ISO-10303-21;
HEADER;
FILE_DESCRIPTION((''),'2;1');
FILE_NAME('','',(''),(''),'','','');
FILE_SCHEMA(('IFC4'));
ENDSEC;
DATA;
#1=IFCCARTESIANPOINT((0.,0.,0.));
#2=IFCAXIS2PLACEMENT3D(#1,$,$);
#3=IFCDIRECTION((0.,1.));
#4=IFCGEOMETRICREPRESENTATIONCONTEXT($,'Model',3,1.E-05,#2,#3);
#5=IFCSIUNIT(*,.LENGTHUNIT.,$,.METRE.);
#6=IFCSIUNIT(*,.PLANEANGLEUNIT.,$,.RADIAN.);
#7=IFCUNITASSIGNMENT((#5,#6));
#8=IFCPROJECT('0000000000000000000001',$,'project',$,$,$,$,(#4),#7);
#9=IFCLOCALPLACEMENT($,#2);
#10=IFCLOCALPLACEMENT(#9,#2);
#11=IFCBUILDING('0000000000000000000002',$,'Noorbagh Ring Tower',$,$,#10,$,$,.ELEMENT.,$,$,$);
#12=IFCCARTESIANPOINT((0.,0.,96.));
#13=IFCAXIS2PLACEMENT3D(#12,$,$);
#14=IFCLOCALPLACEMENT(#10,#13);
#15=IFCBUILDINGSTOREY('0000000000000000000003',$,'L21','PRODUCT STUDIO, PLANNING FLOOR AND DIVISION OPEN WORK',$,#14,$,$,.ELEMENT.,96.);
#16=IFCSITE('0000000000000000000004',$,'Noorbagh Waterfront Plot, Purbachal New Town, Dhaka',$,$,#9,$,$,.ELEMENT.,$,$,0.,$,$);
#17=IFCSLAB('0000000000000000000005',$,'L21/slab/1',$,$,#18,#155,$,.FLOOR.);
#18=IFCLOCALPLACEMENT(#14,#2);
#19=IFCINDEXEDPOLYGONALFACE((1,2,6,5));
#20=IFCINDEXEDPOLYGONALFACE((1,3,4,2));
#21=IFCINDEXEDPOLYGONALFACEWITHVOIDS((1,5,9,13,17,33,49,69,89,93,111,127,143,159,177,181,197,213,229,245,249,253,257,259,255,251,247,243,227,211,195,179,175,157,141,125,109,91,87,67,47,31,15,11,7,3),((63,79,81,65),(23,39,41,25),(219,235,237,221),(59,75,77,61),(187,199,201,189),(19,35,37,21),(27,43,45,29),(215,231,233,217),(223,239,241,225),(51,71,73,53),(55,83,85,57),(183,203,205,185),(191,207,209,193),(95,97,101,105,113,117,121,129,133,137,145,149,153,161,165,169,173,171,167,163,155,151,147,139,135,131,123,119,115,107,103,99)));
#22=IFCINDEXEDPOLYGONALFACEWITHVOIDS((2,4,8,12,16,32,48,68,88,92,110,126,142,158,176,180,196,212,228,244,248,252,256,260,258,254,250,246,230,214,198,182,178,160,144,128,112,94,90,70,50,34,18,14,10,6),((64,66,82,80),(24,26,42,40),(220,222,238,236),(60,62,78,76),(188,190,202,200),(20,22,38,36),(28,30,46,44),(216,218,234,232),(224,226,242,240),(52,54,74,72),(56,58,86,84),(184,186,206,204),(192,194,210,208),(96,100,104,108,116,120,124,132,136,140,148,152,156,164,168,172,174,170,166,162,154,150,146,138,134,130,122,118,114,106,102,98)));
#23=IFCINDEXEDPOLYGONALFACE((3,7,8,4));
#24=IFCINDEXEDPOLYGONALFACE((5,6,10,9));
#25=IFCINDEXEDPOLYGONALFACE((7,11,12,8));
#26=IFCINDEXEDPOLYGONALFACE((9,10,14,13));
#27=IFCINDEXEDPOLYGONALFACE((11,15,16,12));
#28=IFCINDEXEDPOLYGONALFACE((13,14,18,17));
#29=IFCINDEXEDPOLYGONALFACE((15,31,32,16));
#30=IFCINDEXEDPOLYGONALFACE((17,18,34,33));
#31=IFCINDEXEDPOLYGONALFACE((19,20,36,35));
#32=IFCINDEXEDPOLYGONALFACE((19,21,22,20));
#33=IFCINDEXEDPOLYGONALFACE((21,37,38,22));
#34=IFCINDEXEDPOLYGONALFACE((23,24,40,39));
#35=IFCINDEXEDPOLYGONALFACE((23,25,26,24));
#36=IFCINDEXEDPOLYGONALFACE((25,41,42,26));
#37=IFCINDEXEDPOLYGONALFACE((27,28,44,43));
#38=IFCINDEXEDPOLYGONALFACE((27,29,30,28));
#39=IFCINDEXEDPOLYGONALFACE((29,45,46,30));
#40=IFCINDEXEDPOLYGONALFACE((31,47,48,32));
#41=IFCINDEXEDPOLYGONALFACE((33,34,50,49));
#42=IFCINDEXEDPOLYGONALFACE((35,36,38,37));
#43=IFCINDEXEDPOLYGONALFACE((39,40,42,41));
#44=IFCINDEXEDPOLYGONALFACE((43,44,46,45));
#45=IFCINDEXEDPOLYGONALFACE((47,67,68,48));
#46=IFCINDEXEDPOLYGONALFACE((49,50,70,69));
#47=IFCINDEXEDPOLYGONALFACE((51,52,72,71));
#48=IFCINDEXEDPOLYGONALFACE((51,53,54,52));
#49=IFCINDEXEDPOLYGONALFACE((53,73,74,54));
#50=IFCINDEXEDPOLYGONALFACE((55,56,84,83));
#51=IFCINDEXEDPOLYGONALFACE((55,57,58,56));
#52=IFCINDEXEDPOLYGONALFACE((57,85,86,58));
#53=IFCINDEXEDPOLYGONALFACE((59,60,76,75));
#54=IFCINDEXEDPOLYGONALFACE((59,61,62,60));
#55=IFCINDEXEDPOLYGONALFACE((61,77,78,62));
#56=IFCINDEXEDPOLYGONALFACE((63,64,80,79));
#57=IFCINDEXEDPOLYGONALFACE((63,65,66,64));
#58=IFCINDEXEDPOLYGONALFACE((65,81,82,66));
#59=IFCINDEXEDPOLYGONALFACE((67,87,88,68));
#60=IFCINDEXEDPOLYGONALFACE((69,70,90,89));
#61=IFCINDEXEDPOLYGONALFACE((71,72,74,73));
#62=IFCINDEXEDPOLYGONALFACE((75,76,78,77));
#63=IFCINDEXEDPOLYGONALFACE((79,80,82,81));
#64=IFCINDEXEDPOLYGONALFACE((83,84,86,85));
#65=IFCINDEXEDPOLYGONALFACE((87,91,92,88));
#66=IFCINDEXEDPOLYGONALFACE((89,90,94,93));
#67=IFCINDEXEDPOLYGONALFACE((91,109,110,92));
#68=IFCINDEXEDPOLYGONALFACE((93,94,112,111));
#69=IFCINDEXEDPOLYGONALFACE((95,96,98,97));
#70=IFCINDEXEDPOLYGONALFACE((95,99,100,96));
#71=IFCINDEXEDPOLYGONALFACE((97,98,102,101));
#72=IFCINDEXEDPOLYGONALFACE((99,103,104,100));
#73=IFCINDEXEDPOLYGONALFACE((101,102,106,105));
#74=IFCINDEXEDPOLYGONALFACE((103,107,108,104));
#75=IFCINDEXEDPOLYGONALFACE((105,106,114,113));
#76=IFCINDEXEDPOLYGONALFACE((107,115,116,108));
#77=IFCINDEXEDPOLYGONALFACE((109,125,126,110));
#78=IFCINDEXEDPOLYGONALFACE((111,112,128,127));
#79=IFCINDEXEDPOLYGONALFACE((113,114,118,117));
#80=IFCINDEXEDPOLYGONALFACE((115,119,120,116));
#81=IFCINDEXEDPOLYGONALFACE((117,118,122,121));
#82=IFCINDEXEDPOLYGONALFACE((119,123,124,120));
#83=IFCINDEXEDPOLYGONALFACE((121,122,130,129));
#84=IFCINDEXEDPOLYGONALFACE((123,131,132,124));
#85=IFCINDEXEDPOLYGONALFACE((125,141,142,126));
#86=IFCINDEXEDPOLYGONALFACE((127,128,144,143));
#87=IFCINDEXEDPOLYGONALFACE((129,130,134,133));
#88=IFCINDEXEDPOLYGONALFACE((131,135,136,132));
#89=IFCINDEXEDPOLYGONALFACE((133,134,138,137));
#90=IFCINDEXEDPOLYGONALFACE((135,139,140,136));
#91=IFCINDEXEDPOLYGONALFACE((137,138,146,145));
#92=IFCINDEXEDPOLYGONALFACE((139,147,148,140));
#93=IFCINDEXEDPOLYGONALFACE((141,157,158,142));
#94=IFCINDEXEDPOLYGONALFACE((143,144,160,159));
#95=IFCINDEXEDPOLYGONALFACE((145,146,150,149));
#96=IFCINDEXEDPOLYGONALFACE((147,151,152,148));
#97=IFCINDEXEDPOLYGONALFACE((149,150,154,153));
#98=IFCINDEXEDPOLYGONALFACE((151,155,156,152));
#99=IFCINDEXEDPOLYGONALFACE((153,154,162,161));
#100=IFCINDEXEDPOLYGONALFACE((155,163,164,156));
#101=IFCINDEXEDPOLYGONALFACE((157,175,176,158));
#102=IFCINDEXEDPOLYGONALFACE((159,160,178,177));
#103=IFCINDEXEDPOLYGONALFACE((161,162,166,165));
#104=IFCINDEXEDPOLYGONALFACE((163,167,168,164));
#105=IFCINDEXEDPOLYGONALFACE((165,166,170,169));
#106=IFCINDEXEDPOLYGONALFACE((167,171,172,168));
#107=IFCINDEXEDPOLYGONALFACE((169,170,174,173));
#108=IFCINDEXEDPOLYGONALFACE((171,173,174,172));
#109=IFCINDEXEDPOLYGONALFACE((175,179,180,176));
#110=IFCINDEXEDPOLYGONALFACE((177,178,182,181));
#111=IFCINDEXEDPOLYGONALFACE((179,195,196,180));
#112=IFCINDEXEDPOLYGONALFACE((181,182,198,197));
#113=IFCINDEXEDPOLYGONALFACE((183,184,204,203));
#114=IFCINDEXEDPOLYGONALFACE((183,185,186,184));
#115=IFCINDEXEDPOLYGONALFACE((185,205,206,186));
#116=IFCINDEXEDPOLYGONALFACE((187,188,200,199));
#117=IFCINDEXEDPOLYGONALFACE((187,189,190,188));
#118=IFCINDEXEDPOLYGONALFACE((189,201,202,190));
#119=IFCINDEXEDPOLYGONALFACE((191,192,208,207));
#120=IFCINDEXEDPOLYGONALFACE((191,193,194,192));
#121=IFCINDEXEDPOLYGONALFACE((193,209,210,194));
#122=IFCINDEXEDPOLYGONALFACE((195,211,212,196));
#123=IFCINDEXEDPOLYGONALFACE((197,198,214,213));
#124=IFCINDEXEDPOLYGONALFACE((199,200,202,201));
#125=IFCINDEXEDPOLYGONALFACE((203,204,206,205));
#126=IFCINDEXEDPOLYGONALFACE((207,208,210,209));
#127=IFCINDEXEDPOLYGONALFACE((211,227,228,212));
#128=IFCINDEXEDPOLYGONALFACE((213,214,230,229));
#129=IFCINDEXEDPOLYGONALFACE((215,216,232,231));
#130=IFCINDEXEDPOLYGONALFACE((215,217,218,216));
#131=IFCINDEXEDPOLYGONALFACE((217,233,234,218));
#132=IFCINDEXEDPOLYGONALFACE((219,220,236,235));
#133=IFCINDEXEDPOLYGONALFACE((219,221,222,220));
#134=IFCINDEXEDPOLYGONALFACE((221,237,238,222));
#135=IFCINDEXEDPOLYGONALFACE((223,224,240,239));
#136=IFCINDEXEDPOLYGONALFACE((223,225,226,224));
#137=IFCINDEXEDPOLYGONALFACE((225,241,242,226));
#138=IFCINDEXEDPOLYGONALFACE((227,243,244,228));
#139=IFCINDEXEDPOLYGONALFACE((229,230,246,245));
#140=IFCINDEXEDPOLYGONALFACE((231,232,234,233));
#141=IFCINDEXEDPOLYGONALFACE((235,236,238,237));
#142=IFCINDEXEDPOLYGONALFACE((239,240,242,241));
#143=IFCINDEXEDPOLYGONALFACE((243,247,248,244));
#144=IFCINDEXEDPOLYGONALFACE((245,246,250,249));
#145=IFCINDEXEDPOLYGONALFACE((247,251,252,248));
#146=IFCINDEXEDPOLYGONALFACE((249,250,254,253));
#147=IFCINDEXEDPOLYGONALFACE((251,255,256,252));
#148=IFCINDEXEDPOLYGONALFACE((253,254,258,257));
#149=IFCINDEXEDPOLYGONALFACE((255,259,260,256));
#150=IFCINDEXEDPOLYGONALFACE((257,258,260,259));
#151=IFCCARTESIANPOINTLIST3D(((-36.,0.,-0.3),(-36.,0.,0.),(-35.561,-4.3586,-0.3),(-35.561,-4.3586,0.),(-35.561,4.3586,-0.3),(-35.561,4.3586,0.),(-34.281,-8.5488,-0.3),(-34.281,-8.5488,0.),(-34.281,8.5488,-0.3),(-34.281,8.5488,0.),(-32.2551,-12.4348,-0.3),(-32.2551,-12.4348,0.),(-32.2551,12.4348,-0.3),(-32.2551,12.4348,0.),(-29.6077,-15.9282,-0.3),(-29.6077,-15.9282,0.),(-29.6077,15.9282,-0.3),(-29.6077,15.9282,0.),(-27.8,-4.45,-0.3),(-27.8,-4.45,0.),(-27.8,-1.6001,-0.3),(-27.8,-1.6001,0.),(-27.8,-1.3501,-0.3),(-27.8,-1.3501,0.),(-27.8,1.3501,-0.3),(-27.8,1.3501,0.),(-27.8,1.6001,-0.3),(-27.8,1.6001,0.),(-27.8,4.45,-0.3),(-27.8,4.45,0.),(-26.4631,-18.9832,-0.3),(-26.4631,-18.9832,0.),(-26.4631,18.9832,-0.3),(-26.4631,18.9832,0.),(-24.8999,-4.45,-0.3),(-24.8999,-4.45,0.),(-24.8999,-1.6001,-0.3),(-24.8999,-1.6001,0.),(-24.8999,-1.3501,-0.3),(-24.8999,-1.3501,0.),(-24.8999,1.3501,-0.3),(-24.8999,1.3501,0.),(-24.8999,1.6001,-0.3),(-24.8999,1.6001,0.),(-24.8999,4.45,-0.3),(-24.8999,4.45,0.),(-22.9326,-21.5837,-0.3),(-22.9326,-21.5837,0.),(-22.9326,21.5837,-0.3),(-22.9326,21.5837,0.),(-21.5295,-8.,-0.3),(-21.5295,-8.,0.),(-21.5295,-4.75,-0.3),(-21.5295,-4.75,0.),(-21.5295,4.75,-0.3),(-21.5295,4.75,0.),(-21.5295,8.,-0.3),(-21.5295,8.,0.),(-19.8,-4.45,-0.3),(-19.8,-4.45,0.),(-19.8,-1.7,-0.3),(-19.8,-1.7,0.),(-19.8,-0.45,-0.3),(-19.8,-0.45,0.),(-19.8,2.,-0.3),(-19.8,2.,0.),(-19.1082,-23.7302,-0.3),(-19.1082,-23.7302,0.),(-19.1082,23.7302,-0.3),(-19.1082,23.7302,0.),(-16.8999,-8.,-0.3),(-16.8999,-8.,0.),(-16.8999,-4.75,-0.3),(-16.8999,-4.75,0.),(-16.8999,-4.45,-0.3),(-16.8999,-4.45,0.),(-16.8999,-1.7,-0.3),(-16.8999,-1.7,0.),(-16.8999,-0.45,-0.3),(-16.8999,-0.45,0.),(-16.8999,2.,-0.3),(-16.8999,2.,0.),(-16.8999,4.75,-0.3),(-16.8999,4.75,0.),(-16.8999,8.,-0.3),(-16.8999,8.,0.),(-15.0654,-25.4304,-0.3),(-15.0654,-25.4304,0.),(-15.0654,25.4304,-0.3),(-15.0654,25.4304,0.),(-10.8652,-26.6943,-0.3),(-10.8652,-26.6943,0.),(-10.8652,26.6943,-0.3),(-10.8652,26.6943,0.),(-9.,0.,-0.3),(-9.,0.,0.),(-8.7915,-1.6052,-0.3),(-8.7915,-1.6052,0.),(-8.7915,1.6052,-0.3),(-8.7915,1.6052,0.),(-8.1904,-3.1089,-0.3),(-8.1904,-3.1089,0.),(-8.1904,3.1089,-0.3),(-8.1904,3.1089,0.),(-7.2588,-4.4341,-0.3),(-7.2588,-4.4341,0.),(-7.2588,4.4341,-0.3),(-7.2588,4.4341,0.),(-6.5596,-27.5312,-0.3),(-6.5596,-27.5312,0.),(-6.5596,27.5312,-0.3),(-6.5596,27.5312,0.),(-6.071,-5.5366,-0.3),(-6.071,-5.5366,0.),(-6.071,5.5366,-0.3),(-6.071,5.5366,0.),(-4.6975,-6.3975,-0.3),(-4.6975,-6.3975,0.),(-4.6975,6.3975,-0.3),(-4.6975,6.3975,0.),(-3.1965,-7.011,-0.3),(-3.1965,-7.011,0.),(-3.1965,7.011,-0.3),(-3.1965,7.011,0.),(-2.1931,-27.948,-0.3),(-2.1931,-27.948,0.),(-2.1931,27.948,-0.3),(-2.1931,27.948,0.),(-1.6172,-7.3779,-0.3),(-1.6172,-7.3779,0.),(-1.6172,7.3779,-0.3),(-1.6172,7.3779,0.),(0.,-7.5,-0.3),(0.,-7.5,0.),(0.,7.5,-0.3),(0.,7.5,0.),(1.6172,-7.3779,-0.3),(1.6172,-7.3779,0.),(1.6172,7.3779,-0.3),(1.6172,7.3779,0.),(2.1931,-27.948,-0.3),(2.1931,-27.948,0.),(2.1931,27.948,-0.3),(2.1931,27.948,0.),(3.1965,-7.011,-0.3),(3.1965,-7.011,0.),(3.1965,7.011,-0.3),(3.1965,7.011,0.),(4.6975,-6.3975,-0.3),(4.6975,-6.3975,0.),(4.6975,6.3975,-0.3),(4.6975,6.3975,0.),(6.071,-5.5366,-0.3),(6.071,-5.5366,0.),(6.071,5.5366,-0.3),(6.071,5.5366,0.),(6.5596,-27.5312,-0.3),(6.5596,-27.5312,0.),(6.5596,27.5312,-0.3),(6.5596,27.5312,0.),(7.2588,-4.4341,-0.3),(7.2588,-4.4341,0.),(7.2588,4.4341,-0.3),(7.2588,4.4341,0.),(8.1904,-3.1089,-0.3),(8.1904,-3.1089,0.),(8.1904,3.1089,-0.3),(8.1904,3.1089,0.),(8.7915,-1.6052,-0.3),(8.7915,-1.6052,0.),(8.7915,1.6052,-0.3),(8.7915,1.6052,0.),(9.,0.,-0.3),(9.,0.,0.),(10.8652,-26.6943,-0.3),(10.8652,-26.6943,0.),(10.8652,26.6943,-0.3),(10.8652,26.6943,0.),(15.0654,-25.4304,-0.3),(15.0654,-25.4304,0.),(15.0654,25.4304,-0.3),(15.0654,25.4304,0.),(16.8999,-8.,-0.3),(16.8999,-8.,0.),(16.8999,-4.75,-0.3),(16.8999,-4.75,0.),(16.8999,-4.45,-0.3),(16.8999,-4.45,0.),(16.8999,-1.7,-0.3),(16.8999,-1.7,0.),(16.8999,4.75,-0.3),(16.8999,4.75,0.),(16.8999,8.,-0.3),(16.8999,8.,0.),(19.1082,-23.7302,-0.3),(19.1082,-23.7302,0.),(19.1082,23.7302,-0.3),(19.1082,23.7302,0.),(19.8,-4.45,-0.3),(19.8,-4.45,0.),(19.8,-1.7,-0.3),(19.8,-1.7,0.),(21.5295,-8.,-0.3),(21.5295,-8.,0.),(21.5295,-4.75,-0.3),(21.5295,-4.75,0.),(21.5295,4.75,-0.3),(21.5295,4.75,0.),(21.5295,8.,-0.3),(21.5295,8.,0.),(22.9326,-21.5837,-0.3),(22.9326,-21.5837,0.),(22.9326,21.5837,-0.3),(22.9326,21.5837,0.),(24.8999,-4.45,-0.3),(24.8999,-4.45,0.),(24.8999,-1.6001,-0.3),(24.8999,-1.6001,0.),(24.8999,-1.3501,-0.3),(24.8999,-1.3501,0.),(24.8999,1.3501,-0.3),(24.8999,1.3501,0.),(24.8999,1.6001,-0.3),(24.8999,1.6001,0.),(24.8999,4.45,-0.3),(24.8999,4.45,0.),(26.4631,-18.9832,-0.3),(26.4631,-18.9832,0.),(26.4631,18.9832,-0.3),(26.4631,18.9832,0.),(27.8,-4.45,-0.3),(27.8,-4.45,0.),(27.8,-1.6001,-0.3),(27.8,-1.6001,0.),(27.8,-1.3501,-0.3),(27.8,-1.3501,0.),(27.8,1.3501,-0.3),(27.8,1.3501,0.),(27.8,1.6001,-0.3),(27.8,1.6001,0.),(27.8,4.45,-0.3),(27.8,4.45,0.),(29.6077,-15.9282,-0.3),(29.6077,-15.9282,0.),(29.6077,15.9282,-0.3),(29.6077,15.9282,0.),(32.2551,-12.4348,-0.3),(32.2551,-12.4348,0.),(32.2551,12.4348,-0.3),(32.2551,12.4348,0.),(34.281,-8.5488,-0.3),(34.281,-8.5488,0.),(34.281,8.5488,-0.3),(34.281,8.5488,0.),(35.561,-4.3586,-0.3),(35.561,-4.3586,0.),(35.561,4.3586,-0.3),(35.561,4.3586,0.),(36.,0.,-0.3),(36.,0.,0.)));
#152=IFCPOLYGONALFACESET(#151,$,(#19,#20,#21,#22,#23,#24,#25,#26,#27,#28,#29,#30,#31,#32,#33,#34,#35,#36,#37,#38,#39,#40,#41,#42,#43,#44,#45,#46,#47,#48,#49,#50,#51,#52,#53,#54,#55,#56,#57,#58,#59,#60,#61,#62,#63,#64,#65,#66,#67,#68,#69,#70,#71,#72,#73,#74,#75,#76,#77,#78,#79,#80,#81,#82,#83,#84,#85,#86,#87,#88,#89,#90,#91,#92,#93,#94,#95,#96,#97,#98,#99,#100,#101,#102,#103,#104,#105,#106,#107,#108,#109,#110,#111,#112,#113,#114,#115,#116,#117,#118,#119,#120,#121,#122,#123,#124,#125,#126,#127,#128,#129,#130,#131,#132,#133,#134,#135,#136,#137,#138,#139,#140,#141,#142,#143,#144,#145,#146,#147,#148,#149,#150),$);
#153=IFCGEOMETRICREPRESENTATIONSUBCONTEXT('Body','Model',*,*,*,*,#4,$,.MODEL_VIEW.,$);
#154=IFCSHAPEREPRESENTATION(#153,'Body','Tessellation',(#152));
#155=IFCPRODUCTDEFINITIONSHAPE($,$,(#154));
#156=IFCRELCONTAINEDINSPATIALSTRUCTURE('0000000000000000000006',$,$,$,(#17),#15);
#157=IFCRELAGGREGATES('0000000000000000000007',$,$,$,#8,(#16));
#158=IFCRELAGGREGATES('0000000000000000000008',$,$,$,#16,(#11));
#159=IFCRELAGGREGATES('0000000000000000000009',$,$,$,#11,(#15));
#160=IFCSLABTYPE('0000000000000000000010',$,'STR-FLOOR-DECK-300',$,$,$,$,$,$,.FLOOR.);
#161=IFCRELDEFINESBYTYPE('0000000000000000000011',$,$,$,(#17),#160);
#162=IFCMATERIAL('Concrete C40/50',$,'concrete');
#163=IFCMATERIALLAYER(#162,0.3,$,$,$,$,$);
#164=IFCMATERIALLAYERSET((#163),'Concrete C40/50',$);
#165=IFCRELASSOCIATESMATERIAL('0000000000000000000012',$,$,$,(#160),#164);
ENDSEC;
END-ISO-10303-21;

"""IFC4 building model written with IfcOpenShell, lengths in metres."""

from ifc_helpers import new_model, si_unit, direction, frame, origin, place, context, subcontext, project, spatial, polyline, outline, extrude, material, layer, layer_set, type_object, element, save


model = new_model("IFC4")

# Units and contexts
model_context = context("Model", 3, precision=1e-05, world=origin(), true_north=direction((0.0, 1.0)))
body_context = subcontext(model_context, "Body", "Model", "MODEL_VIEW")
ifc_project = project(units=[si_unit("LENGTHUNIT", "METRE"), si_unit("PLANEANGLEUNIT", "RADIAN")], contexts=[model_context])

# Site, building, storey
site_placement = place(None, origin())
site = spatial("IfcSite", under=ifc_project, at=site_placement, Name="Noorbagh Waterfront Plot, Purbachal New Town, Dhaka", CompositionType="ELEMENT", RefElevation=0.0)
building_placement = place(site_placement, origin())
building = spatial("IfcBuilding", under=site, at=building_placement, Name="Noorbagh Ring Tower", CompositionType="ELEMENT")
storey_placement = place(building_placement, frame((0.0, 0.0, 96.0)))
storey = spatial("IfcBuildingStorey", under=building, at=storey_placement, Name="L21", Description="PRODUCT STUDIO, PLANNING FLOOR AND DIVISION OPEN WORK", CompositionType="ELEMENT", Elevation=96.0)

# Slab
ifc_material_1 = material(Name="Concrete C40/50", Category="concrete")
ifc_layer_1 = layer(ifc_material_1, 0.3)
ifc_layer_set_1 = layer_set([ifc_layer_1], Name="Concrete C40/50")
slab_type_1 = type_object("IfcSlabType", Name="STR-FLOOR-DECK-300", PredefinedType="FLOOR", material=ifc_layer_set_1)
slab_1_placement = place(storey_placement, frame((0.0, 0.0, -0.3)))
element("IfcSlab", 1, at=slab_1_placement, inside=storey, type_object=slab_type_1, Name="L21/slab/1", PredefinedType="FLOOR", context=body_context, shape_type="SweptSolid", body=[
    extrude(outline(polyline([(36.0, 0.0), (35.561, 4.3586), (34.281, 8.5488), (32.2551, 12.4348), (29.6077, 15.9282), (26.4631, 18.9832), (22.9326, 21.5837), (19.1082, 23.7302), (15.0654, 25.4304), (10.8652, 26.6943), (6.5596, 27.5312), (2.1931, 27.948), (-2.1931, 27.948), (-6.5596, 27.5312), (-10.8652, 26.6943), (-15.0654, 25.4304), (-19.1082, 23.7302), (-22.9326, 21.5837), (-26.4631, 18.9832), (-29.6077, 15.9282), (-32.2551, 12.4348), (-34.281, 8.5488), (-35.561, 4.3586), (-36.0, 0.0), (-35.561, -4.3586), (-34.281, -8.5488), (-32.2551, -12.4348), (-29.6077, -15.9282), (-26.4631, -18.9832), (-22.9326, -21.5837), (-19.1082, -23.7302), (-15.0654, -25.4304), (-10.8652, -26.6943), (-6.5596, -27.5312), (-2.1931, -27.948), (2.1931, -27.948), (6.5596, -27.5312), (10.8652, -26.6943), (15.0654, -25.4304), (19.1082, -23.7302), (22.9326, -21.5837), (26.4631, -18.9832), (29.6077, -15.9282), (32.2551, -12.4348), (34.281, -8.5488), (35.561, -4.3586), (36.0, 0.0)]), holes=[polyline([(24.8999, -1.6001), (27.8, -1.6001), (27.8, -4.45), (24.8999, -4.45), (24.8999, -1.6001)]), polyline([(24.8999, 1.3501), (27.8, 1.3501), (27.8, -1.3501), (24.8999, -1.3501), (24.8999, 1.3501)]), polyline([(24.8999, 4.45), (27.8, 4.45), (27.8, 1.6001), (24.8999, 1.6001), (24.8999, 4.45)]), polyline([(21.5295, -4.75), (21.5295, -8.0), (16.8999, -8.0), (16.8999, -4.75), (21.5295, -4.75)]), polyline([(21.5295, 4.75), (16.8999, 4.75), (16.8999, 8.0), (21.5295, 8.0), (21.5295, 4.75)]), polyline([(16.8999, -1.7), (19.8, -1.7), (19.8, -4.45), (16.8999, -4.45), (16.8999, -1.7)]), polyline([(4.6975, -6.3975), (3.1965, -7.011), (1.6172, -7.3779), (0.0, -7.5), (-1.6172, -7.3779), (-3.1965, -7.011), (-4.6975, -6.3975), (-6.071, -5.5366), (-7.2588, -4.4341), (-8.1904, -3.1089), (-8.7915, -1.6052), (-9.0, 0.0), (-8.7915, 1.6052), (-8.1904, 3.1089), (-7.2588, 4.4341), (-6.071, 5.5366), (-4.6975, 6.3975), (-3.1965, 7.011), (-1.6172, 7.3779), (0.0, 7.5), (1.6172, 7.3779), (3.1965, 7.011), (4.6975, 6.3975), (6.071, 5.5366), (7.2588, 4.4341), (8.1904, 3.1089), (8.7915, 1.6052), (9.0, 0.0), (8.7915, -1.6052), (8.1904, -3.1089), (7.2588, -4.4341), (6.071, -5.5366), (4.6975, -6.3975)]), polyline([(-21.5295, -8.0), (-21.5295, -4.75), (-16.8999, -4.75), (-16.8999, -8.0), (-21.5295, -8.0)]), polyline([(-21.5295, 8.0), (-16.8999, 8.0), (-16.8999, 4.75), (-21.5295, 4.75), (-21.5295, 8.0)]), polyline([(-16.8999, -4.45), (-19.8, -4.45), (-19.8, -1.7), (-16.8999, -1.7), (-16.8999, -4.45)]), polyline([(-16.8999, -0.45), (-19.8, -0.45), (-19.8, 2.0), (-16.8999, 2.0), (-16.8999, -0.45)]), polyline([(-24.8999, -4.45), (-27.8, -4.45), (-27.8, -1.6001), (-24.8999, -1.6001), (-24.8999, -4.45)]), polyline([(-24.8999, -1.3501), (-27.8, -1.3501), (-27.8, 1.3501), (-24.8999, 1.3501), (-24.8999, -1.3501)]), polyline([(-24.8999, 1.6001), (-27.8, 1.6001), (-27.8, 4.45), (-24.8999, 4.45), (-24.8999, 1.6001)])]), origin(), (0.0, 0.0, 1.0), 0.3),
])

save(model, "model.ifc")
